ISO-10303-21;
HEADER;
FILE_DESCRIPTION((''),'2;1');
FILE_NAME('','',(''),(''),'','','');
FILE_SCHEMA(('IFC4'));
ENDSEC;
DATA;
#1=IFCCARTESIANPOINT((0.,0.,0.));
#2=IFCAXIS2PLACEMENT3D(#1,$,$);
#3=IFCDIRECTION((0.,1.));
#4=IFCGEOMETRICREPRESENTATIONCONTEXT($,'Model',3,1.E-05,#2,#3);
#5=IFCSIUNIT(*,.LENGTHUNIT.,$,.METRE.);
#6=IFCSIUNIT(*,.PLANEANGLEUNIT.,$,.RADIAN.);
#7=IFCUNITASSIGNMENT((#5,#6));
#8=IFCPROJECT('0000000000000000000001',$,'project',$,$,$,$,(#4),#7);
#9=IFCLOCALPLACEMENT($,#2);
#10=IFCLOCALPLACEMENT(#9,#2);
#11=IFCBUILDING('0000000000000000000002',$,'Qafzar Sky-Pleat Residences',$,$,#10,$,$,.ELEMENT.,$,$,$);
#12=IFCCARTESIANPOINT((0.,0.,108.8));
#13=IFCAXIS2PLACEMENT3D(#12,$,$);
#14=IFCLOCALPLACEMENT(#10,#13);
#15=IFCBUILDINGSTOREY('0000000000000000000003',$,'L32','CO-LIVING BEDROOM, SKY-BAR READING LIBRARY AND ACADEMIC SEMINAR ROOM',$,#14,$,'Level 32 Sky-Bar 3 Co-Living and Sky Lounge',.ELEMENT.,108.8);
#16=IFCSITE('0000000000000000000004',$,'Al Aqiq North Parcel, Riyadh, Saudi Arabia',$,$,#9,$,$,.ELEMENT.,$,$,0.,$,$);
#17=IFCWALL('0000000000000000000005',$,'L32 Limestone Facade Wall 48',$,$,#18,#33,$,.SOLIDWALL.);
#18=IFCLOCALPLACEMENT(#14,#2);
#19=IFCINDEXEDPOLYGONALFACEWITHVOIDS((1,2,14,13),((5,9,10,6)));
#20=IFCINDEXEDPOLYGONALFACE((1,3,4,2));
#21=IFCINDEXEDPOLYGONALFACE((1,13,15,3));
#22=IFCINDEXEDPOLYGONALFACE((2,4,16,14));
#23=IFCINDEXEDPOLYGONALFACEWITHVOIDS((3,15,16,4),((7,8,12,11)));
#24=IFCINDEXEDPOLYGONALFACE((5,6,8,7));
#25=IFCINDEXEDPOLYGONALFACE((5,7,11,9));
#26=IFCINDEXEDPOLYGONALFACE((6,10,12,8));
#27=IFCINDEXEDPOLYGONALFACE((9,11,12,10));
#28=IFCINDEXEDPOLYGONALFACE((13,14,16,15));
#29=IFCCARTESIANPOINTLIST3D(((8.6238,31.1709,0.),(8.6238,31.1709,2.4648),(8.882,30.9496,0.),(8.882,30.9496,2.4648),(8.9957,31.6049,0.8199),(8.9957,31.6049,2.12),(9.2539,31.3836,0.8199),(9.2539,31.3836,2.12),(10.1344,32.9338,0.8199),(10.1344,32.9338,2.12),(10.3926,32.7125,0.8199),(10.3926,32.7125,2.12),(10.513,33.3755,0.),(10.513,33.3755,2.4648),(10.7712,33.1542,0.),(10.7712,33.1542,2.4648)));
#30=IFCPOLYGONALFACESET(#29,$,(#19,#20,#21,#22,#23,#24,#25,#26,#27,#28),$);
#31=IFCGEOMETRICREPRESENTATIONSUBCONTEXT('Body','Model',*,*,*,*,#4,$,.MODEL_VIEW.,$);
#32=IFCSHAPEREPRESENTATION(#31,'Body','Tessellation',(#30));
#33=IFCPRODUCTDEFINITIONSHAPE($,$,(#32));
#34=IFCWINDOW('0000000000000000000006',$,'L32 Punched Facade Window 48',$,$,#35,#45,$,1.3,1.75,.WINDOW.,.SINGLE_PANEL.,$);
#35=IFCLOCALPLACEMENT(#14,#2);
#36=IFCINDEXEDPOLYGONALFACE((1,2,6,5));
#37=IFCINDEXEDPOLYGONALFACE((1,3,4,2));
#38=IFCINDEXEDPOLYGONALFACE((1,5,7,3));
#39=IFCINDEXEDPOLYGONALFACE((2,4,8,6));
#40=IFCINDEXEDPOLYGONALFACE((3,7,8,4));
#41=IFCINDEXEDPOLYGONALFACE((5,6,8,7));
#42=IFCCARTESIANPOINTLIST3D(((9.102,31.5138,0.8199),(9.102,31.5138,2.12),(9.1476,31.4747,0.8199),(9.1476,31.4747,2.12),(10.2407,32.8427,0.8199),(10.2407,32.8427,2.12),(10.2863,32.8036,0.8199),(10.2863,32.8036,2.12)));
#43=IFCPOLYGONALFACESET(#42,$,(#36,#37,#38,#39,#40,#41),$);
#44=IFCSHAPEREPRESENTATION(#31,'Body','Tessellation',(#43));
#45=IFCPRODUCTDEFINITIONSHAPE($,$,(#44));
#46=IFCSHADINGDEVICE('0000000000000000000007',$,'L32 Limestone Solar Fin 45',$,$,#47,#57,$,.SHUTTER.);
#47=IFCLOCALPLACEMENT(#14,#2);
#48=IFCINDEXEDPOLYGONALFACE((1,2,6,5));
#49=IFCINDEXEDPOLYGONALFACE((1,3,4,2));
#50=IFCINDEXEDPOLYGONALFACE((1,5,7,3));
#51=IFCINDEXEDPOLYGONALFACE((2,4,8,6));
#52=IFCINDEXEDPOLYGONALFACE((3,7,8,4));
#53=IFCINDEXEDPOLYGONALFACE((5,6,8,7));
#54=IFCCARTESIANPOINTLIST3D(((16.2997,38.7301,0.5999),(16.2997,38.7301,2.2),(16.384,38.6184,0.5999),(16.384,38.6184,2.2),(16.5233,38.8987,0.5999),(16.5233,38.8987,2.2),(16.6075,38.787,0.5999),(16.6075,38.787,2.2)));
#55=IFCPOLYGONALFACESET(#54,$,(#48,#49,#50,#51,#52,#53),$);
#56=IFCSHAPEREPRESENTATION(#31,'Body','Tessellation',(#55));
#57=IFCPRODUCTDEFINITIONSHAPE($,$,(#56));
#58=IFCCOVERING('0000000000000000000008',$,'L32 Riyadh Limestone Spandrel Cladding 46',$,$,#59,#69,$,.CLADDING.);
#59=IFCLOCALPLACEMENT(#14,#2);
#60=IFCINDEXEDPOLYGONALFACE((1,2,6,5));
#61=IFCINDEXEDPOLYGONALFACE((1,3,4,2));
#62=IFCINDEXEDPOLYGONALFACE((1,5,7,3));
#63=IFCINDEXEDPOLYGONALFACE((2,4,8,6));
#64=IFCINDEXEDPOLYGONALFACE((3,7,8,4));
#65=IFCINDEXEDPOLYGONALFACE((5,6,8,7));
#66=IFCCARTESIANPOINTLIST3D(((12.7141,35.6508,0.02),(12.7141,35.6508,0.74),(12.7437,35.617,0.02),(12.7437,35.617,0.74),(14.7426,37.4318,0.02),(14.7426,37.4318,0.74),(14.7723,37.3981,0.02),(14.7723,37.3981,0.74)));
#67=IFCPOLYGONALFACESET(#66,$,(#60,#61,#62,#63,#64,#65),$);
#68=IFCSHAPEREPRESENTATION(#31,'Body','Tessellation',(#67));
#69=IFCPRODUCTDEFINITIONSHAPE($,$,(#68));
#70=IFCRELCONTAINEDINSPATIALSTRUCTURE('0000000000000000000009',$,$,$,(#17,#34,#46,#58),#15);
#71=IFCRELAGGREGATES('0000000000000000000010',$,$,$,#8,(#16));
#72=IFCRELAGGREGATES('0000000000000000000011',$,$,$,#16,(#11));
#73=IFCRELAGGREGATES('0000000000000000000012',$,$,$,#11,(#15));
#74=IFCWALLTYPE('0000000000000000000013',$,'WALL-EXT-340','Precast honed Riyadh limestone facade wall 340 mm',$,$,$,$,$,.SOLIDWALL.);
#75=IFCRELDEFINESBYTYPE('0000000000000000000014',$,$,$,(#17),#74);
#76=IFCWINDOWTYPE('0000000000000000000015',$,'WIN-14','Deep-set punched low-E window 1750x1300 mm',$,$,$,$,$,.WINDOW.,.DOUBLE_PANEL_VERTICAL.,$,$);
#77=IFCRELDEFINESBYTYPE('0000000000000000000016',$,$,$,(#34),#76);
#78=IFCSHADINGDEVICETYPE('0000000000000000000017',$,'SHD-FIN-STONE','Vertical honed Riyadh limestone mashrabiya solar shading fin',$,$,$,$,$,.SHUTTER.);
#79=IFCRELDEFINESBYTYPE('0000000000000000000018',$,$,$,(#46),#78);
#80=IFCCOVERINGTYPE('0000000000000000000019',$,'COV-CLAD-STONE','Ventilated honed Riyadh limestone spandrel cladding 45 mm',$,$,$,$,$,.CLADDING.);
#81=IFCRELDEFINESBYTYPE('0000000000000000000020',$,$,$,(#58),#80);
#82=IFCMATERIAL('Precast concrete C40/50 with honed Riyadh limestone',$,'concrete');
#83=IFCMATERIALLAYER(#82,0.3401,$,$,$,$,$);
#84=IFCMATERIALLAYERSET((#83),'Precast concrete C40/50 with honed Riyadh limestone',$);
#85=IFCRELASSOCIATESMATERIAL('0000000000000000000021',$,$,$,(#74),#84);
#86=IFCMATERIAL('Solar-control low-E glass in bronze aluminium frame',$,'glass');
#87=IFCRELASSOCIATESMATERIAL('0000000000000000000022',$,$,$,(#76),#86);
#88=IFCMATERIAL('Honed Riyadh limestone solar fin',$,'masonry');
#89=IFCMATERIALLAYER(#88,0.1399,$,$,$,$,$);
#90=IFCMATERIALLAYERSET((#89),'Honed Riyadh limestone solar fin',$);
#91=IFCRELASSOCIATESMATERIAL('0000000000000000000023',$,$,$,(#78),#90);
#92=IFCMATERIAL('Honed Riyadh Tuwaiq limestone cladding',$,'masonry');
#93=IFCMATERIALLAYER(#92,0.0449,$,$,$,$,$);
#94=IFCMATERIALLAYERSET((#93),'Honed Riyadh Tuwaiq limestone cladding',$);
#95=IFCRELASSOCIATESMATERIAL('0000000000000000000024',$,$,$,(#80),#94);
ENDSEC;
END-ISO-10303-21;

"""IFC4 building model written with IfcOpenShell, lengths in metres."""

from ifc_helpers import new_model, si_unit, direction, frame, frame_2d, origin, origin_2d, place, context, subcontext, project, spatial, rectangle, extrude, source, transform, mapped, material, layer, layer_set, type_object, element, fill, save


model = new_model("IFC4")

# Units and contexts
model_context = context("Model", 3, precision=1e-05, world=origin(), true_north=direction((0.0, 1.0)))
body_context = subcontext(model_context, "Body", "Model", "MODEL_VIEW")
ifc_project = project(units=[si_unit("LENGTHUNIT", "METRE"), si_unit("PLANEANGLEUNIT", "RADIAN")], contexts=[model_context])

# Site, building, storey
site_placement = place(None, origin())
site = spatial("IfcSite", under=ifc_project, at=site_placement, Name="Al Aqiq North Parcel, Riyadh, Saudi Arabia", CompositionType="ELEMENT", RefElevation=0.0)
building_placement = place(site_placement, origin())
building = spatial("IfcBuilding", under=site, at=building_placement, Name="Qafzar Sky-Pleat Residences", CompositionType="ELEMENT")
storey_placement = place(building_placement, frame((0.0, 0.0, 108.8)))
storey = spatial("IfcBuildingStorey", under=building, at=storey_placement, Name="L32", Description="CO-LIVING BEDROOM, SKY-BAR READING LIBRARY AND ACADEMIC SEMINAR ROOM", LongName="Level 32 Sky-Bar 3 Co-Living and Sky Lounge", CompositionType="ELEMENT", Elevation=108.8)

# Wall, opening, window
ifc_material_1 = material(Name="Precast concrete C40/50 with honed Riyadh limestone", Category="concrete")
ifc_layer_1 = layer(ifc_material_1, 0.3401)
ifc_layer_set_1 = layer_set([ifc_layer_1], Name="Precast concrete C40/50 with honed Riyadh limestone")
wall_type_1 = type_object("IfcWallType", Name="WALL-EXT-340", Description="Precast honed Riyadh limestone facade wall 340 mm", PredefinedType="SOLIDWALL", material=ifc_layer_set_1)
ifc_material_2 = material(Name="Solar-control low-E glass in bronze aluminium frame", Category="glass")
wall_1_placement = place(storey_placement, frame((10.6421, 33.2649, 0.0), z_axis=(0.0, 0.0, 1.0), x_axis=(-0.650694, -0.75934, 0.0)))
wall_1 = element("IfcWall", 1, at=wall_1_placement, inside=storey, type_object=wall_type_1, Name="L32 Limestone Facade Wall 48", PredefinedType="SOLIDWALL", context=body_context, shape_type="SweptSolid", body=[
    extrude(rectangle(XDim=2.9033, YDim=0.3401, at=frame_2d((1.4517, 0.0))), origin(), (0.0, 0.0, 1.0), 2.4648),
])
opening_1_placement = place(wall_1_placement, frame((0.5818, 0.0, 0.8201)))
opening_1 = element("IfcOpeningElement", 2, at=opening_1_placement, cuts=wall_1, PredefinedType="OPENING", context=body_context, shape_type="SweptSolid", body=[
    extrude(rectangle(XDim=1.75, YDim=1.3, at=frame_2d((0.875, 0.6499))), frame((0.0, 0.1802, 0.0), z_axis=(0.0, -1.0, 0.0), x_axis=(1.0, 0.0, 0.0)), (0.0, 0.0, 1.0), 0.3601),
])
window_type_1 = type_object("IfcWindowType", Name="WIN-14", Description="Deep-set punched low-E window 1750x1300 mm", PartitioningType="DOUBLE_PANEL_VERTICAL", PredefinedType="WINDOW", material=ifc_material_2)
shared_shape_1 = source(origin(), body_context, "Body", "SweptSolid", [
    extrude(rectangle(XDim=1.75, YDim=1.3, at=frame_2d((0.875, 0.6499))), frame((0.0, 0.03, 0.0), z_axis=(0.0, -1.0, 0.0), x_axis=(1.0, 0.0, 0.0)), (0.0, 0.0, 1.0), 0.0601),
])
window_1_placement = place(opening_1_placement, origin())
window_1 = element("IfcWindow", 3, at=window_1_placement, inside=storey, type_object=window_type_1, Name="L32 Punched Facade Window 48", OverallHeight=1.3, OverallWidth=1.75, PartitioningType="SINGLE_PANEL", PredefinedType="WINDOW", context=body_context, shape_type="MappedRepresentation", body=[
    mapped(shared_shape_1, transform((0.0, 0.0, 0.0), x_axis=(1.0, 0.0, 0.0), y_axis=(0.0, 1.0, 0.0), z_axis=(0.0, 0.0, 1.0), scale=1.0)),
])
fill(opening_1, window_1)

# Shading device
ifc_material_3 = material(Name="Honed Riyadh limestone solar fin", Category="masonry")
ifc_layer_2 = layer(ifc_material_3, 0.1399)
ifc_layer_set_2 = layer_set([ifc_layer_2], Name="Honed Riyadh limestone solar fin")
shading_device_type = type_object("IfcShadingDeviceType", Name="SHD-FIN-STONE", Description="Vertical honed Riyadh limestone mashrabiya solar shading fin", PredefinedType="SHUTTER", material=ifc_layer_set_2)
shared_shape_2 = source(origin(), body_context, "Body", "SweptSolid", [
    extrude(rectangle(XDim=0.1399, YDim=0.28, at=origin_2d()), origin(), (0.0, 0.0, 1.0), 1.6001),
])
shading_device_placement = place(storey_placement, frame((16.4536, 38.7585, 0.5999), z_axis=(0.0, 0.0, 1.0), x_axis=(-0.60218, 0.798361, 0.0)))
element("IfcShadingDevice", 4, at=shading_device_placement, inside=storey, type_object=shading_device_type, Name="L32 Limestone Solar Fin 45", PredefinedType="SHUTTER", context=body_context, shape_type="MappedRepresentation", body=[
    mapped(shared_shape_2, transform((0.0, 0.0, 0.0), x_axis=(1.0, 0.0, 0.0), y_axis=(0.0, 1.0, 0.0), z_axis=(0.0, 0.0, 1.0), scale=1.0)),
])

# Covering
ifc_material_4 = material(Name="Honed Riyadh Tuwaiq limestone cladding", Category="masonry")
ifc_layer_3 = layer(ifc_material_4, 0.0449)
ifc_layer_set_3 = layer_set([ifc_layer_3], Name="Honed Riyadh Tuwaiq limestone cladding")
covering_type = type_object("IfcCoveringType", Name="COV-CLAD-STONE", Description="Ventilated honed Riyadh limestone spandrel cladding 45 mm", PredefinedType="CLADDING", material=ifc_layer_set_3)
shared_shape_3 = source(origin(), body_context, "Body", "SweptSolid", [
    extrude(rectangle(XDim=2.6995, YDim=0.0449, at=origin_2d()), origin(), (0.0, 0.0, 1.0), 0.72),
])
covering_placement = place(storey_placement, frame((13.7432, 36.5244, 0.02), z_axis=(0.0, 0.0, 1.0), x_axis=(-0.751462, -0.659776, 0.0)))
element("IfcCovering", 5, at=covering_placement, inside=storey, type_object=covering_type, Name="L32 Riyadh Limestone Spandrel Cladding 46", PredefinedType="CLADDING", context=body_context, shape_type="MappedRepresentation", body=[
    mapped(shared_shape_3, transform((0.0, 0.0, 0.0), x_axis=(1.0, 0.0, 0.0), y_axis=(0.0, 1.0, 0.0), z_axis=(0.0, 0.0, 1.0), scale=1.0)),
])

save(model, "model.ifc")
